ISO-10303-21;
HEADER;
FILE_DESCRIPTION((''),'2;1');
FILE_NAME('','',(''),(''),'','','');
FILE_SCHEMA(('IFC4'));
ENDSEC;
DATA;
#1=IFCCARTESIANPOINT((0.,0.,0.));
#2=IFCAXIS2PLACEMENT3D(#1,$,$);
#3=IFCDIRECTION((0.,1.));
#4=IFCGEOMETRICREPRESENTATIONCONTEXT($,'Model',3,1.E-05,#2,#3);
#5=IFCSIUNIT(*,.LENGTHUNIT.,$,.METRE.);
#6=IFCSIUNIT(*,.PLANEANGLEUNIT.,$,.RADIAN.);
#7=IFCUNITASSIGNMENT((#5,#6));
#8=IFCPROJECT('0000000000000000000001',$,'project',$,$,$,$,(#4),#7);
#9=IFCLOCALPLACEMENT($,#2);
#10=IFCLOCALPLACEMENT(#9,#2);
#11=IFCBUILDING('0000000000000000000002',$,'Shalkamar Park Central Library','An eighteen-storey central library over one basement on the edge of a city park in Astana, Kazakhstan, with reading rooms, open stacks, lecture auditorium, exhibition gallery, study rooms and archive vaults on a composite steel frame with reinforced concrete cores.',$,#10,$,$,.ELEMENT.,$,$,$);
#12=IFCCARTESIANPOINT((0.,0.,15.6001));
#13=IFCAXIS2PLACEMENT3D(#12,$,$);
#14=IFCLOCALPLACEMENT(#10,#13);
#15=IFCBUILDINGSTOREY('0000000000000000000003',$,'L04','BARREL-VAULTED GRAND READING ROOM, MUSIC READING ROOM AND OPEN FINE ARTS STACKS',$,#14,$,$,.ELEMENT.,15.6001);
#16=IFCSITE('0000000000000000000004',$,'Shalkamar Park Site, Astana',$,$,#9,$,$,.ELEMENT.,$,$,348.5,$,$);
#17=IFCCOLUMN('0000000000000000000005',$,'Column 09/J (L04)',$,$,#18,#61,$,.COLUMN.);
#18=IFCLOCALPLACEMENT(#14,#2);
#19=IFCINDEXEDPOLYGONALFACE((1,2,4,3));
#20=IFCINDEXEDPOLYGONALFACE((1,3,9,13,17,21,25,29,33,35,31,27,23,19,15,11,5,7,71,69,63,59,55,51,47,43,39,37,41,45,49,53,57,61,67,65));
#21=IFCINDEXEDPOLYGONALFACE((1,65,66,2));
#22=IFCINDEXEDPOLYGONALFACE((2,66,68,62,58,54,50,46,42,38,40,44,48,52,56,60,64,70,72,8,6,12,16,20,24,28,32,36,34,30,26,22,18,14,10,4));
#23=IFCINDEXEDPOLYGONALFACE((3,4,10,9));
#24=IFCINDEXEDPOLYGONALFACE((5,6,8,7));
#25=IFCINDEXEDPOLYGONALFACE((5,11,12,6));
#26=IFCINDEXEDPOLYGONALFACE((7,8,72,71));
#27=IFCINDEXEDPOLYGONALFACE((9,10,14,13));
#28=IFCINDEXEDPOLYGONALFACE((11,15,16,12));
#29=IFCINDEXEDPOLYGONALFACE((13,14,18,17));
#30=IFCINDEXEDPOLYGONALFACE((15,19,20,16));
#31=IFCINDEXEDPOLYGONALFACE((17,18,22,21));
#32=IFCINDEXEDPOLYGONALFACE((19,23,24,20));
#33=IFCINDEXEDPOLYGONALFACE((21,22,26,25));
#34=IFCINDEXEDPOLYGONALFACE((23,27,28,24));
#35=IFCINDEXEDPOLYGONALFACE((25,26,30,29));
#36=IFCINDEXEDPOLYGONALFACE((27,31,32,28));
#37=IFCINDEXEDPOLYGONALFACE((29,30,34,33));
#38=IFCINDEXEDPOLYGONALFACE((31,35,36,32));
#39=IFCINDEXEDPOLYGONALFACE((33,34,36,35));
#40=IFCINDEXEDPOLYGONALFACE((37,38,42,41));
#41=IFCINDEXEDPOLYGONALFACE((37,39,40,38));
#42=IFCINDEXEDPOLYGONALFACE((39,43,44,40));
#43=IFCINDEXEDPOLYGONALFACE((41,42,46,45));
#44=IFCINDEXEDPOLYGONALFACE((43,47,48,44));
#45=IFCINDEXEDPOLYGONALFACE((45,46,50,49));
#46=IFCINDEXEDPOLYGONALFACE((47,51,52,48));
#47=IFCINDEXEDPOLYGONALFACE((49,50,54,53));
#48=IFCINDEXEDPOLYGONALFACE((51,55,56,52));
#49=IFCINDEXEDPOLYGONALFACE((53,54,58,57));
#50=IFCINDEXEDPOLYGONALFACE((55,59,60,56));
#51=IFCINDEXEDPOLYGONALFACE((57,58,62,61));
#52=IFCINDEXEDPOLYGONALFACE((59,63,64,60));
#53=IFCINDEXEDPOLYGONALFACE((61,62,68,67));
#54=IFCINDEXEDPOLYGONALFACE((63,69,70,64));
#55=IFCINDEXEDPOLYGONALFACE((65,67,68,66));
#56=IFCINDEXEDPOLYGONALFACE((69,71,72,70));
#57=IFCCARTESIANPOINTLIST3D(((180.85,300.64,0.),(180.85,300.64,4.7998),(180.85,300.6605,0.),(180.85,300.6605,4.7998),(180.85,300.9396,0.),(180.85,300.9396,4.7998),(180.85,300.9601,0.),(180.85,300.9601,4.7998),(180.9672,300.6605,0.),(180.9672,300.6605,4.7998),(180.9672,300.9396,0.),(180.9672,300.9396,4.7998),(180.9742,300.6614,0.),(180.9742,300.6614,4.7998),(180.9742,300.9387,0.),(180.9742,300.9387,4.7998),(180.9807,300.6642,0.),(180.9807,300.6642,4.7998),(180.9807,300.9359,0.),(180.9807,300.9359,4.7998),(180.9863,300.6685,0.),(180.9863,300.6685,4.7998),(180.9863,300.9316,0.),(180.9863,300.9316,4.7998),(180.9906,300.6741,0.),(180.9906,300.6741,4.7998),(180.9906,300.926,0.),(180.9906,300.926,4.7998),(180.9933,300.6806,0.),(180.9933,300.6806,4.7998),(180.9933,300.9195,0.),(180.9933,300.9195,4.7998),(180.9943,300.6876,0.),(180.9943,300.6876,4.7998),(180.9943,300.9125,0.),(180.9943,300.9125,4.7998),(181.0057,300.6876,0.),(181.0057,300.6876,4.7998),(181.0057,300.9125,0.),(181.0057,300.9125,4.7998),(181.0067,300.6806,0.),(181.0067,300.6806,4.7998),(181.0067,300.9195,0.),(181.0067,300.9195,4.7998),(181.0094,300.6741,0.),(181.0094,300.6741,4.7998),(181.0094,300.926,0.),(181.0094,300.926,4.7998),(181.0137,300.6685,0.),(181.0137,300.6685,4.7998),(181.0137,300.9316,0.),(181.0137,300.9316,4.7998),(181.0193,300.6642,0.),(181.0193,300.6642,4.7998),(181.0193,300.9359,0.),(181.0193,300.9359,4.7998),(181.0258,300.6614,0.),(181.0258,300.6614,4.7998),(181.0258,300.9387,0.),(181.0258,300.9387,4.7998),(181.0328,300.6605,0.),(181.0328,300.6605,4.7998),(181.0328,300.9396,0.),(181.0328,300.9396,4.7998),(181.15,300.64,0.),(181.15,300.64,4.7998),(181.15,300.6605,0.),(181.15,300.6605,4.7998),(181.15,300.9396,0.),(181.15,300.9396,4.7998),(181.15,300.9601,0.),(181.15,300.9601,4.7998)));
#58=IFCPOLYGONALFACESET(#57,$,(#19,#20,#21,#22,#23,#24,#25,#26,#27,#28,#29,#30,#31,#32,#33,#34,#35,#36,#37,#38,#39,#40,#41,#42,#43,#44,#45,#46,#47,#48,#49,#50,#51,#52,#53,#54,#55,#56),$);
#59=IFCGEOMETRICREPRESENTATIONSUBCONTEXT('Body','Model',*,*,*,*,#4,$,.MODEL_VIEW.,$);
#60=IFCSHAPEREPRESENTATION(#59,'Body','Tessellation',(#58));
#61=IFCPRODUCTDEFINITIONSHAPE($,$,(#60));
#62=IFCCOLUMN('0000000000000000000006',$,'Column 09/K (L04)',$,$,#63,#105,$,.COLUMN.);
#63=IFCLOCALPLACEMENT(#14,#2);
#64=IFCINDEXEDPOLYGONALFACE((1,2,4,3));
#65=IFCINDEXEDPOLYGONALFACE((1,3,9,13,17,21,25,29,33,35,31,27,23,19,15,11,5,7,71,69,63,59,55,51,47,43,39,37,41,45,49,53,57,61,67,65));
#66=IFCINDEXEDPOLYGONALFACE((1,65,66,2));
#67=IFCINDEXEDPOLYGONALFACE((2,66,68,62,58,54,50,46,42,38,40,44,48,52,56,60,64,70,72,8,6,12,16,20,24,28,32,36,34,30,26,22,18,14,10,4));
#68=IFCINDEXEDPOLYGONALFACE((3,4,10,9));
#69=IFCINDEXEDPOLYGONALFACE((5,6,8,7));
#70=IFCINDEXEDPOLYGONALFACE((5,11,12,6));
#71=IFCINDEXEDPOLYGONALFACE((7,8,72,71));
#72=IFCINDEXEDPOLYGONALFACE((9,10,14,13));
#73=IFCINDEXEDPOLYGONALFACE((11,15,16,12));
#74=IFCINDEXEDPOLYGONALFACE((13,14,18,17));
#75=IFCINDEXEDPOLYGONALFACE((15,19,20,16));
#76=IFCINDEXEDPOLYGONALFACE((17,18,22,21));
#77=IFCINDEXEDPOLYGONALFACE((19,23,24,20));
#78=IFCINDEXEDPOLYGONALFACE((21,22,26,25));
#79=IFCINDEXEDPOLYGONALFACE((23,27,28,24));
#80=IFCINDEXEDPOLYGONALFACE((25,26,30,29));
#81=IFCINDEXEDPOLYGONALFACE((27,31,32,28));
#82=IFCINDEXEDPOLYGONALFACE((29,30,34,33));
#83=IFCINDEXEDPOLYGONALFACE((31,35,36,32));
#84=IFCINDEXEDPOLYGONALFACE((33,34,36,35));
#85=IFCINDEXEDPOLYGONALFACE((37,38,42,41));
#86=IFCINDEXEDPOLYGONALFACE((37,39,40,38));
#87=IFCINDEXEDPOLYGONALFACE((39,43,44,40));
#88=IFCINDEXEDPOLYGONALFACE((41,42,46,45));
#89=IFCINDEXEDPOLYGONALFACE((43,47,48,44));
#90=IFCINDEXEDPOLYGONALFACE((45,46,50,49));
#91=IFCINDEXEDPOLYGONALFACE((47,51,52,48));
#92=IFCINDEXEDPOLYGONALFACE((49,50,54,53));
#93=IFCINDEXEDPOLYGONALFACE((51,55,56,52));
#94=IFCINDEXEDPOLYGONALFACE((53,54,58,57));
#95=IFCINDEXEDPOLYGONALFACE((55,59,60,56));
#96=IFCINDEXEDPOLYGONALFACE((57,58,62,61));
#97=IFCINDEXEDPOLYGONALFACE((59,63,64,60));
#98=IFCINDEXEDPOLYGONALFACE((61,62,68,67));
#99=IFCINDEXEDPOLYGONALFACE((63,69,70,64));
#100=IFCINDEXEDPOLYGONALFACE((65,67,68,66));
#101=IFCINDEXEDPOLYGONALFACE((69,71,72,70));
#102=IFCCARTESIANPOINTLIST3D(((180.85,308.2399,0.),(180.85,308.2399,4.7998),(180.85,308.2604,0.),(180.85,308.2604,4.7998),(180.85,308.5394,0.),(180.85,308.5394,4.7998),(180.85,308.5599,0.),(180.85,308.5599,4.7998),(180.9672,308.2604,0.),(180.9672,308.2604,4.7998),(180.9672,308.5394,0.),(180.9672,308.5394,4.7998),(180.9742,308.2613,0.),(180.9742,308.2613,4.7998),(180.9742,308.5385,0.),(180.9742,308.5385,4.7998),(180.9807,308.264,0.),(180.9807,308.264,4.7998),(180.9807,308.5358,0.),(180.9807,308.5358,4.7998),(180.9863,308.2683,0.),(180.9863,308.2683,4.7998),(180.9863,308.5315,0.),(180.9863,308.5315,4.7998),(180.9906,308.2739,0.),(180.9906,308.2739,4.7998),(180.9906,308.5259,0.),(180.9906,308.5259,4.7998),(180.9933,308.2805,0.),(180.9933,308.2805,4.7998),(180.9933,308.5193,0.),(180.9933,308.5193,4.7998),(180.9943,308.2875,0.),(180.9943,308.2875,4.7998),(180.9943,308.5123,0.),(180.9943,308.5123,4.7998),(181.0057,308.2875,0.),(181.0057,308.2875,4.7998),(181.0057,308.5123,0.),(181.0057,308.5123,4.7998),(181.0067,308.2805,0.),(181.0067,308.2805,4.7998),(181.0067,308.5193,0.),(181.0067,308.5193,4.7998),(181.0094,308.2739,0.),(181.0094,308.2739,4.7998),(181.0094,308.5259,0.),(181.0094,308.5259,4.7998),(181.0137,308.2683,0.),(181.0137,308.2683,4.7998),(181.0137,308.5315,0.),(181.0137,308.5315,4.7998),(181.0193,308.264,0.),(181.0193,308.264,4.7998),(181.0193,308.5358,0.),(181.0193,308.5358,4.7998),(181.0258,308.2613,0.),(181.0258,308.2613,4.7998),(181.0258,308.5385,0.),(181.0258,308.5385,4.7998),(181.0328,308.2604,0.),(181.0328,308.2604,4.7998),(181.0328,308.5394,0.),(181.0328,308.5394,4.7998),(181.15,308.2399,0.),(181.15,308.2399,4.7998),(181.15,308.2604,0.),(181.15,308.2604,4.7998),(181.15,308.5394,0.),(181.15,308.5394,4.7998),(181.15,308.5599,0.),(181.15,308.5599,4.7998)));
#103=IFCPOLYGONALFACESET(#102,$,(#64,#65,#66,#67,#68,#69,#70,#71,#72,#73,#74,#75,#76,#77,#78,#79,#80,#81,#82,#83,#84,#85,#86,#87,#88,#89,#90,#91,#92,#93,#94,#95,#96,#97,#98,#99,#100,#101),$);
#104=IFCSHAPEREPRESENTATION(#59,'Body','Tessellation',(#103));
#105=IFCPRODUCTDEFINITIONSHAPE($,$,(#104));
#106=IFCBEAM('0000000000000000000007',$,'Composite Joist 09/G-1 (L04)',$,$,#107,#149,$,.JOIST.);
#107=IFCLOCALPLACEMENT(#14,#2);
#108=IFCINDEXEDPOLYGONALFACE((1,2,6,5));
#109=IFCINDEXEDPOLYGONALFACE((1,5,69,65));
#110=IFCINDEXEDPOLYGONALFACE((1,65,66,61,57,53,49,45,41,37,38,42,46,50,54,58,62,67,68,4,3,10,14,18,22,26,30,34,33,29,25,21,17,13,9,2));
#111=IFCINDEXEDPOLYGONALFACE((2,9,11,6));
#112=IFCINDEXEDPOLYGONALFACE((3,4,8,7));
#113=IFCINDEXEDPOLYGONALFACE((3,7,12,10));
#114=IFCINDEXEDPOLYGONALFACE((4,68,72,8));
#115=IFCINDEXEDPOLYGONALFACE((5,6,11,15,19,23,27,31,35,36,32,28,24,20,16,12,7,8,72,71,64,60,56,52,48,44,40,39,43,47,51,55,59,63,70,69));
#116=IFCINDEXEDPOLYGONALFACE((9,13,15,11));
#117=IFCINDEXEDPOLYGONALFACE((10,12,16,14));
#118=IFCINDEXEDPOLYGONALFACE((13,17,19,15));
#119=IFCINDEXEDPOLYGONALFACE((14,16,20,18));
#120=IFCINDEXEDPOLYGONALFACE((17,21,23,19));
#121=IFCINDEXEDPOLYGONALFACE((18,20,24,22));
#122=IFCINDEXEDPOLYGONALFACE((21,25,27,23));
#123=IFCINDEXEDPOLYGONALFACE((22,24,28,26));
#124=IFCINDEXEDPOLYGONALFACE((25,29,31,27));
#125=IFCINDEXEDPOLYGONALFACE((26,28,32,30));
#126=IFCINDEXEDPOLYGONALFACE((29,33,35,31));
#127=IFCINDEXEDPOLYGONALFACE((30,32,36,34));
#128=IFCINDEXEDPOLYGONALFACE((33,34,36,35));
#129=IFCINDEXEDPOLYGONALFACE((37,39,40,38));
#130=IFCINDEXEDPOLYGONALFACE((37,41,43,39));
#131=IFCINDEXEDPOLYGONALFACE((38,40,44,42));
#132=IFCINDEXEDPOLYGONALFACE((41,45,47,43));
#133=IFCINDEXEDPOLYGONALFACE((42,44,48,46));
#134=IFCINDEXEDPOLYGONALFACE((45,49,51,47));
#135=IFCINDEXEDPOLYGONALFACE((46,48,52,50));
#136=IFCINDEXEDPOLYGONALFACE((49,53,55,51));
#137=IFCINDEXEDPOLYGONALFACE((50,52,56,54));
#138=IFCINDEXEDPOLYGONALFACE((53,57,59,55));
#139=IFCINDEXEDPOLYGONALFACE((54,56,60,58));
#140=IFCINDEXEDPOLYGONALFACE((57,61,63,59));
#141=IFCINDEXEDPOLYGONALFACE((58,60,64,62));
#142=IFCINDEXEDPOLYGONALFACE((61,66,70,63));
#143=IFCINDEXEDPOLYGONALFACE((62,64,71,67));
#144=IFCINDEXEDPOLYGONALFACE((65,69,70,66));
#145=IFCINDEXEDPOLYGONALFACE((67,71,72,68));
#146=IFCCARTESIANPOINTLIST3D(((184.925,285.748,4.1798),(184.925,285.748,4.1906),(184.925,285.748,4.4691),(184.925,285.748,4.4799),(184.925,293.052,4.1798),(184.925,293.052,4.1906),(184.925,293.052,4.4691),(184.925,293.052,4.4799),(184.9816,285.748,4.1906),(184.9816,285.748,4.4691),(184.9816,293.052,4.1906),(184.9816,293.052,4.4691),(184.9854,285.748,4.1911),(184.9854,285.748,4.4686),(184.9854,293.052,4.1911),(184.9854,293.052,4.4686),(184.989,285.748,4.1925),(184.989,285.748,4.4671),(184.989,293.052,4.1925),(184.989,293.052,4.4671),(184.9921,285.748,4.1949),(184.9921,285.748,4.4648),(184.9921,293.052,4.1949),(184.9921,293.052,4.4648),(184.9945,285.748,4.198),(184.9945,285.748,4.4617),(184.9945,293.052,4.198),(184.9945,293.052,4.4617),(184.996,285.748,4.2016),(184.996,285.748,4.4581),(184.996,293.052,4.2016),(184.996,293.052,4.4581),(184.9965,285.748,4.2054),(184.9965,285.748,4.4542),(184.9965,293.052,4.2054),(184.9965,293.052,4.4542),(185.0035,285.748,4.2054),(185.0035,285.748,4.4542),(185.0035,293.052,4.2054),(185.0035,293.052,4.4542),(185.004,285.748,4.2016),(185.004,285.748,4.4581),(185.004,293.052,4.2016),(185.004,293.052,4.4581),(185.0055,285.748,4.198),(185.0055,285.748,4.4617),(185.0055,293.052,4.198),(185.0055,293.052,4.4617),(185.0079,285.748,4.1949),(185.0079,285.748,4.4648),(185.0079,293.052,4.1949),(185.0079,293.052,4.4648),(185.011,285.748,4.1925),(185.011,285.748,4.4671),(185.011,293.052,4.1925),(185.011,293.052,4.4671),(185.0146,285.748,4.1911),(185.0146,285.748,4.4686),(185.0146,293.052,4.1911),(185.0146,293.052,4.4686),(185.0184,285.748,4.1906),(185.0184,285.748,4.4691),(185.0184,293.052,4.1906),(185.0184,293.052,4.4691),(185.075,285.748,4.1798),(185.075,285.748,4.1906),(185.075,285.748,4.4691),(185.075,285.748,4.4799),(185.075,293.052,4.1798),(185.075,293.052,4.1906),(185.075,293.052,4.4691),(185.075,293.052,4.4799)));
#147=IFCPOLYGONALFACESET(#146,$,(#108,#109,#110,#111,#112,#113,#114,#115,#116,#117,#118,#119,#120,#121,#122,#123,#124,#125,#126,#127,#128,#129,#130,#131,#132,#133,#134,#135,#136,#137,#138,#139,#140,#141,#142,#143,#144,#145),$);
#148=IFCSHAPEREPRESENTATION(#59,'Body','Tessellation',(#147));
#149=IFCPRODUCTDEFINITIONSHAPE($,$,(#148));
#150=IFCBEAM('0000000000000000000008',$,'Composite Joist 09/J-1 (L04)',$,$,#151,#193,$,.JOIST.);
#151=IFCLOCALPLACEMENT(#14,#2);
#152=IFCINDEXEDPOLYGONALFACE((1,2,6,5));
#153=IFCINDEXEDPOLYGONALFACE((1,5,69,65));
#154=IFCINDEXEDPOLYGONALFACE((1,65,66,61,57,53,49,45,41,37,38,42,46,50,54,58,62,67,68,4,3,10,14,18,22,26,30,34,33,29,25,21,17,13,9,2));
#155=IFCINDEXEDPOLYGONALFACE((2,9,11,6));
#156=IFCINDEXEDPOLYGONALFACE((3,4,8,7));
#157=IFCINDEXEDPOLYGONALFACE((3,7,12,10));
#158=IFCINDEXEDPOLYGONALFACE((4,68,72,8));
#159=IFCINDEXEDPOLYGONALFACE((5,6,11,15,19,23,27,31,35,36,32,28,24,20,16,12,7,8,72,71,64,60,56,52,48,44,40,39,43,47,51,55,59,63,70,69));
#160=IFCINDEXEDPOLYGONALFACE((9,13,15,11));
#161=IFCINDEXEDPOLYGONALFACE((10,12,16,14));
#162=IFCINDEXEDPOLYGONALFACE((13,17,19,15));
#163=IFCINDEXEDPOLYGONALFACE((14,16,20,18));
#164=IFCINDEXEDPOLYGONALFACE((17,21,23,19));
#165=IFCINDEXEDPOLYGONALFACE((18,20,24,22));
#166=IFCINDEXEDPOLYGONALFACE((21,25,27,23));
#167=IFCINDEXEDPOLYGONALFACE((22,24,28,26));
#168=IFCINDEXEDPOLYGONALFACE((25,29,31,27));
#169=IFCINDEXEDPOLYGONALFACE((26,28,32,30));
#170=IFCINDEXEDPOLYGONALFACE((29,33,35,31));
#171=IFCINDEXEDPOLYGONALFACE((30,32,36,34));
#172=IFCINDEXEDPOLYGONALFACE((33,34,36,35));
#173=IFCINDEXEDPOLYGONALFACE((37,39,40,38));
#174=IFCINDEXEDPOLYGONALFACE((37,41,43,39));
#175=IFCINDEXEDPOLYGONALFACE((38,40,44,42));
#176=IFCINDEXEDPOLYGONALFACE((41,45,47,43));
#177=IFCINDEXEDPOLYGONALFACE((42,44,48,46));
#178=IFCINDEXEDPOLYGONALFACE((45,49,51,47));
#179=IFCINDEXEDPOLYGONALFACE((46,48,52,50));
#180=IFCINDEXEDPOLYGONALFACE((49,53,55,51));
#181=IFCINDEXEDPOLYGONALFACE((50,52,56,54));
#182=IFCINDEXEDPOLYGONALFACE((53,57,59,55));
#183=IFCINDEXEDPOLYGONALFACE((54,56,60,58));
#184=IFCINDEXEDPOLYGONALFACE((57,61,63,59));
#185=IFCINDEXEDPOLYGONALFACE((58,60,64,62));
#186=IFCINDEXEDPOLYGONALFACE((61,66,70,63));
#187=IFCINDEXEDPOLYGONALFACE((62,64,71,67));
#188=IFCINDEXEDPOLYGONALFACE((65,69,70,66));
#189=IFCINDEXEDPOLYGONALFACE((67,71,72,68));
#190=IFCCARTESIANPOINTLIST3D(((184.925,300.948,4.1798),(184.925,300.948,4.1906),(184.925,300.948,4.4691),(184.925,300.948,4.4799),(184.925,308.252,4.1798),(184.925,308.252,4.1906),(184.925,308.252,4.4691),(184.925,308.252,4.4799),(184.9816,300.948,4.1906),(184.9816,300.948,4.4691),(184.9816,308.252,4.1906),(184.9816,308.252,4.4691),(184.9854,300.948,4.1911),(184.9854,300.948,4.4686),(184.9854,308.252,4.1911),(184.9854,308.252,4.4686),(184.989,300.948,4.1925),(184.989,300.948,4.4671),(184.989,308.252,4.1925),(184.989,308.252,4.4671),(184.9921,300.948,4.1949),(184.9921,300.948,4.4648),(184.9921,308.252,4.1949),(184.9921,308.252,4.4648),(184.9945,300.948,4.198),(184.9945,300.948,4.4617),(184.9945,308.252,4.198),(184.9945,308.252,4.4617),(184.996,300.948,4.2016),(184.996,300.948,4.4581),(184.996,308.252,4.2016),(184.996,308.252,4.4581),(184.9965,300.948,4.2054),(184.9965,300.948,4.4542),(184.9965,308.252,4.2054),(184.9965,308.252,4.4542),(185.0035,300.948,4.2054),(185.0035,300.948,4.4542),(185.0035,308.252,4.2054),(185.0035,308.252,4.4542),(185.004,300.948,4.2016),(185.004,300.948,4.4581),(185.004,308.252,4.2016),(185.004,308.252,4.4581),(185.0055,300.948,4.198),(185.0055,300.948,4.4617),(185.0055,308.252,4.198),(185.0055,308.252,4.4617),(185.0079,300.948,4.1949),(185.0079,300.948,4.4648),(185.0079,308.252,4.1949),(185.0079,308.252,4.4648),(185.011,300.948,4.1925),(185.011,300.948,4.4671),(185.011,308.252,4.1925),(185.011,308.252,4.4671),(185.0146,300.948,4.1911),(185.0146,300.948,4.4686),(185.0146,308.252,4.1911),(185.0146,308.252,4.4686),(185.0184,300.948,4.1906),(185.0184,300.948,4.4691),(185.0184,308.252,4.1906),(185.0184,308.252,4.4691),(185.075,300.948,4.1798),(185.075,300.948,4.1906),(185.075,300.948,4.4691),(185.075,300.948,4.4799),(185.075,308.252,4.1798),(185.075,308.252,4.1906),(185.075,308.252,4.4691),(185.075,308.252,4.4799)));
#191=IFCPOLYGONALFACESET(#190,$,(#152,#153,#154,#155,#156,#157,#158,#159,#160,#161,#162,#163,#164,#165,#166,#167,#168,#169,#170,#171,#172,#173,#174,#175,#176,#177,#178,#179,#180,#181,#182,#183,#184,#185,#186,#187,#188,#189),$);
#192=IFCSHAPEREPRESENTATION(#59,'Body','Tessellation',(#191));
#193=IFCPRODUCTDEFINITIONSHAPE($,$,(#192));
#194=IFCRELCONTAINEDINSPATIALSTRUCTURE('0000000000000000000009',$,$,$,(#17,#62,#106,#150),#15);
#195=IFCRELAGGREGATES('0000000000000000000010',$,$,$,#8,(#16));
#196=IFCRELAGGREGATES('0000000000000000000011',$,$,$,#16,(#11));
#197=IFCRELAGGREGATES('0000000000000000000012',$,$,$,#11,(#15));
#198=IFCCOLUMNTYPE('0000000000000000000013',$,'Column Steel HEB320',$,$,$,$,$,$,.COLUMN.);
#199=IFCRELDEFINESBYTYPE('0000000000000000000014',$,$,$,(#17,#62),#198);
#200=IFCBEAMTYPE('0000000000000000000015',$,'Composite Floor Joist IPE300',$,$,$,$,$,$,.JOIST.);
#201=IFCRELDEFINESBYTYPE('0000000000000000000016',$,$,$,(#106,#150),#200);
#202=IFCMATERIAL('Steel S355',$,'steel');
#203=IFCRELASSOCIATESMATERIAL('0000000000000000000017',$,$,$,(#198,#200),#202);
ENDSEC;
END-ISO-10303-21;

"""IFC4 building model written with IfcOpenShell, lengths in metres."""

from ifc_helpers import new_model, si_unit, direction, frame, origin, origin_2d, place, context, subcontext, project, spatial, i_section, extrude, material, material_profile, profile_set, type_object, element, save


model = new_model("IFC4")

# Units and contexts
model_context = context("Model", 3, precision=1e-05, world=origin(), true_north=direction((0.0, 1.0)))
body_context = subcontext(model_context, "Body", "Model", "MODEL_VIEW")
ifc_project = project(units=[si_unit("LENGTHUNIT", "METRE"), si_unit("PLANEANGLEUNIT", "RADIAN")], contexts=[model_context])

# Site, building, storey
site_placement = place(None, origin())
site = spatial("IfcSite", under=ifc_project, at=site_placement, Name="Shalkamar Park Site, Astana", CompositionType="ELEMENT", RefElevation=348.5)
building_placement = place(site_placement, origin())
building = spatial("IfcBuilding", under=site, at=building_placement, Name="Shalkamar Park Central Library", Description="An eighteen-storey central library over one basement on the edge of a city park in Astana, Kazakhstan, with reading rooms, open stacks, lecture auditorium, exhibition gallery, study rooms and archive vaults on a composite steel frame with reinforced concrete cores.", CompositionType="ELEMENT")
storey_placement = place(building_placement, frame((0.0, 0.0, 15.6001)))
storey = spatial("IfcBuildingStorey", under=building, at=storey_placement, Name="L04", Description="BARREL-VAULTED GRAND READING ROOM, MUSIC READING ROOM AND OPEN FINE ARTS STACKS", CompositionType="ELEMENT", Elevation=15.6001)

# Columns
ifc_material = material(Name="Steel S355", Category="steel")
ifc_material_profile_1 = material_profile(ifc_material, i_section(OverallWidth=0.3, OverallDepth=0.3201, WebThickness=0.0115, FlangeThickness=0.0205, FilletRadius=0.0271, at=origin_2d()), Name="HEB 320")
ifc_profile_set_1 = profile_set([ifc_material_profile_1], Name="Steel S355")
column_type_1 = type_object("IfcColumnType", Name="Column Steel HEB320", PredefinedType="COLUMN", material=ifc_profile_set_1)
for number, where, z_axis, x_axis, name in (
    (1, (181.0, 300.8, 0.0), (0.0, 0.0, 1.0), (1.0, 0.0, 0.0), "Column 09/J (L04)"),
    (2, (181.0, 308.3999, 0.0), (0.0, 0.0, 1.0), (1.0, 0.0, 0.0), "Column 09/K (L04)"),
):
    element("IfcColumn", number, at=place(storey_placement, frame(where, z_axis=z_axis, x_axis=x_axis)), inside=storey, type_object=column_type_1, Name=name, PredefinedType="COLUMN", context=body_context, shape_type="SweptSolid", body=[
        extrude(i_section(OverallWidth=0.3, OverallDepth=0.3201, WebThickness=0.0115, FlangeThickness=0.0205, FilletRadius=0.0271, at=origin_2d()), origin(), (0.0, 0.0, 1.0), 4.7998),
    ])

# Beams
ifc_material_profile_2 = material_profile(ifc_material, i_section(OverallWidth=0.1499, OverallDepth=0.3, WebThickness=0.0071, FlangeThickness=0.0107, FilletRadius=0.0149, at=origin_2d()), Name="IPE 300")
ifc_profile_set_2 = profile_set([ifc_material_profile_2], Name="Steel S355")
beam_type_1 = type_object("IfcBeamType", Name="Composite Floor Joist IPE300", PredefinedType="JOIST", material=ifc_profile_set_2)
for number, where, z_axis, x_axis, name in (
    (3, (185.0, 285.748, 4.3298), (0.0, 1.0, 0.0), (-1.0, 0.0, 0.0), "Composite Joist 09/G-1 (L04)"),
    (4, (185.0, 300.948, 4.3298), (0.0, 1.0, 0.0), (-1.0, 0.0, 0.0), "Composite Joist 09/J-1 (L04)"),
):
    element("IfcBeam", number, at=place(storey_placement, frame(where, z_axis=z_axis, x_axis=x_axis)), inside=storey, type_object=beam_type_1, Name=name, PredefinedType="JOIST", context=body_context, shape_type="SweptSolid", body=[
        extrude(i_section(OverallWidth=0.1499, OverallDepth=0.3, WebThickness=0.0071, FlangeThickness=0.0107, FilletRadius=0.0149, at=origin_2d()), origin(), (0.0, 0.0, 1.0), 7.304),
    ])

save(model, "model.ifc")
